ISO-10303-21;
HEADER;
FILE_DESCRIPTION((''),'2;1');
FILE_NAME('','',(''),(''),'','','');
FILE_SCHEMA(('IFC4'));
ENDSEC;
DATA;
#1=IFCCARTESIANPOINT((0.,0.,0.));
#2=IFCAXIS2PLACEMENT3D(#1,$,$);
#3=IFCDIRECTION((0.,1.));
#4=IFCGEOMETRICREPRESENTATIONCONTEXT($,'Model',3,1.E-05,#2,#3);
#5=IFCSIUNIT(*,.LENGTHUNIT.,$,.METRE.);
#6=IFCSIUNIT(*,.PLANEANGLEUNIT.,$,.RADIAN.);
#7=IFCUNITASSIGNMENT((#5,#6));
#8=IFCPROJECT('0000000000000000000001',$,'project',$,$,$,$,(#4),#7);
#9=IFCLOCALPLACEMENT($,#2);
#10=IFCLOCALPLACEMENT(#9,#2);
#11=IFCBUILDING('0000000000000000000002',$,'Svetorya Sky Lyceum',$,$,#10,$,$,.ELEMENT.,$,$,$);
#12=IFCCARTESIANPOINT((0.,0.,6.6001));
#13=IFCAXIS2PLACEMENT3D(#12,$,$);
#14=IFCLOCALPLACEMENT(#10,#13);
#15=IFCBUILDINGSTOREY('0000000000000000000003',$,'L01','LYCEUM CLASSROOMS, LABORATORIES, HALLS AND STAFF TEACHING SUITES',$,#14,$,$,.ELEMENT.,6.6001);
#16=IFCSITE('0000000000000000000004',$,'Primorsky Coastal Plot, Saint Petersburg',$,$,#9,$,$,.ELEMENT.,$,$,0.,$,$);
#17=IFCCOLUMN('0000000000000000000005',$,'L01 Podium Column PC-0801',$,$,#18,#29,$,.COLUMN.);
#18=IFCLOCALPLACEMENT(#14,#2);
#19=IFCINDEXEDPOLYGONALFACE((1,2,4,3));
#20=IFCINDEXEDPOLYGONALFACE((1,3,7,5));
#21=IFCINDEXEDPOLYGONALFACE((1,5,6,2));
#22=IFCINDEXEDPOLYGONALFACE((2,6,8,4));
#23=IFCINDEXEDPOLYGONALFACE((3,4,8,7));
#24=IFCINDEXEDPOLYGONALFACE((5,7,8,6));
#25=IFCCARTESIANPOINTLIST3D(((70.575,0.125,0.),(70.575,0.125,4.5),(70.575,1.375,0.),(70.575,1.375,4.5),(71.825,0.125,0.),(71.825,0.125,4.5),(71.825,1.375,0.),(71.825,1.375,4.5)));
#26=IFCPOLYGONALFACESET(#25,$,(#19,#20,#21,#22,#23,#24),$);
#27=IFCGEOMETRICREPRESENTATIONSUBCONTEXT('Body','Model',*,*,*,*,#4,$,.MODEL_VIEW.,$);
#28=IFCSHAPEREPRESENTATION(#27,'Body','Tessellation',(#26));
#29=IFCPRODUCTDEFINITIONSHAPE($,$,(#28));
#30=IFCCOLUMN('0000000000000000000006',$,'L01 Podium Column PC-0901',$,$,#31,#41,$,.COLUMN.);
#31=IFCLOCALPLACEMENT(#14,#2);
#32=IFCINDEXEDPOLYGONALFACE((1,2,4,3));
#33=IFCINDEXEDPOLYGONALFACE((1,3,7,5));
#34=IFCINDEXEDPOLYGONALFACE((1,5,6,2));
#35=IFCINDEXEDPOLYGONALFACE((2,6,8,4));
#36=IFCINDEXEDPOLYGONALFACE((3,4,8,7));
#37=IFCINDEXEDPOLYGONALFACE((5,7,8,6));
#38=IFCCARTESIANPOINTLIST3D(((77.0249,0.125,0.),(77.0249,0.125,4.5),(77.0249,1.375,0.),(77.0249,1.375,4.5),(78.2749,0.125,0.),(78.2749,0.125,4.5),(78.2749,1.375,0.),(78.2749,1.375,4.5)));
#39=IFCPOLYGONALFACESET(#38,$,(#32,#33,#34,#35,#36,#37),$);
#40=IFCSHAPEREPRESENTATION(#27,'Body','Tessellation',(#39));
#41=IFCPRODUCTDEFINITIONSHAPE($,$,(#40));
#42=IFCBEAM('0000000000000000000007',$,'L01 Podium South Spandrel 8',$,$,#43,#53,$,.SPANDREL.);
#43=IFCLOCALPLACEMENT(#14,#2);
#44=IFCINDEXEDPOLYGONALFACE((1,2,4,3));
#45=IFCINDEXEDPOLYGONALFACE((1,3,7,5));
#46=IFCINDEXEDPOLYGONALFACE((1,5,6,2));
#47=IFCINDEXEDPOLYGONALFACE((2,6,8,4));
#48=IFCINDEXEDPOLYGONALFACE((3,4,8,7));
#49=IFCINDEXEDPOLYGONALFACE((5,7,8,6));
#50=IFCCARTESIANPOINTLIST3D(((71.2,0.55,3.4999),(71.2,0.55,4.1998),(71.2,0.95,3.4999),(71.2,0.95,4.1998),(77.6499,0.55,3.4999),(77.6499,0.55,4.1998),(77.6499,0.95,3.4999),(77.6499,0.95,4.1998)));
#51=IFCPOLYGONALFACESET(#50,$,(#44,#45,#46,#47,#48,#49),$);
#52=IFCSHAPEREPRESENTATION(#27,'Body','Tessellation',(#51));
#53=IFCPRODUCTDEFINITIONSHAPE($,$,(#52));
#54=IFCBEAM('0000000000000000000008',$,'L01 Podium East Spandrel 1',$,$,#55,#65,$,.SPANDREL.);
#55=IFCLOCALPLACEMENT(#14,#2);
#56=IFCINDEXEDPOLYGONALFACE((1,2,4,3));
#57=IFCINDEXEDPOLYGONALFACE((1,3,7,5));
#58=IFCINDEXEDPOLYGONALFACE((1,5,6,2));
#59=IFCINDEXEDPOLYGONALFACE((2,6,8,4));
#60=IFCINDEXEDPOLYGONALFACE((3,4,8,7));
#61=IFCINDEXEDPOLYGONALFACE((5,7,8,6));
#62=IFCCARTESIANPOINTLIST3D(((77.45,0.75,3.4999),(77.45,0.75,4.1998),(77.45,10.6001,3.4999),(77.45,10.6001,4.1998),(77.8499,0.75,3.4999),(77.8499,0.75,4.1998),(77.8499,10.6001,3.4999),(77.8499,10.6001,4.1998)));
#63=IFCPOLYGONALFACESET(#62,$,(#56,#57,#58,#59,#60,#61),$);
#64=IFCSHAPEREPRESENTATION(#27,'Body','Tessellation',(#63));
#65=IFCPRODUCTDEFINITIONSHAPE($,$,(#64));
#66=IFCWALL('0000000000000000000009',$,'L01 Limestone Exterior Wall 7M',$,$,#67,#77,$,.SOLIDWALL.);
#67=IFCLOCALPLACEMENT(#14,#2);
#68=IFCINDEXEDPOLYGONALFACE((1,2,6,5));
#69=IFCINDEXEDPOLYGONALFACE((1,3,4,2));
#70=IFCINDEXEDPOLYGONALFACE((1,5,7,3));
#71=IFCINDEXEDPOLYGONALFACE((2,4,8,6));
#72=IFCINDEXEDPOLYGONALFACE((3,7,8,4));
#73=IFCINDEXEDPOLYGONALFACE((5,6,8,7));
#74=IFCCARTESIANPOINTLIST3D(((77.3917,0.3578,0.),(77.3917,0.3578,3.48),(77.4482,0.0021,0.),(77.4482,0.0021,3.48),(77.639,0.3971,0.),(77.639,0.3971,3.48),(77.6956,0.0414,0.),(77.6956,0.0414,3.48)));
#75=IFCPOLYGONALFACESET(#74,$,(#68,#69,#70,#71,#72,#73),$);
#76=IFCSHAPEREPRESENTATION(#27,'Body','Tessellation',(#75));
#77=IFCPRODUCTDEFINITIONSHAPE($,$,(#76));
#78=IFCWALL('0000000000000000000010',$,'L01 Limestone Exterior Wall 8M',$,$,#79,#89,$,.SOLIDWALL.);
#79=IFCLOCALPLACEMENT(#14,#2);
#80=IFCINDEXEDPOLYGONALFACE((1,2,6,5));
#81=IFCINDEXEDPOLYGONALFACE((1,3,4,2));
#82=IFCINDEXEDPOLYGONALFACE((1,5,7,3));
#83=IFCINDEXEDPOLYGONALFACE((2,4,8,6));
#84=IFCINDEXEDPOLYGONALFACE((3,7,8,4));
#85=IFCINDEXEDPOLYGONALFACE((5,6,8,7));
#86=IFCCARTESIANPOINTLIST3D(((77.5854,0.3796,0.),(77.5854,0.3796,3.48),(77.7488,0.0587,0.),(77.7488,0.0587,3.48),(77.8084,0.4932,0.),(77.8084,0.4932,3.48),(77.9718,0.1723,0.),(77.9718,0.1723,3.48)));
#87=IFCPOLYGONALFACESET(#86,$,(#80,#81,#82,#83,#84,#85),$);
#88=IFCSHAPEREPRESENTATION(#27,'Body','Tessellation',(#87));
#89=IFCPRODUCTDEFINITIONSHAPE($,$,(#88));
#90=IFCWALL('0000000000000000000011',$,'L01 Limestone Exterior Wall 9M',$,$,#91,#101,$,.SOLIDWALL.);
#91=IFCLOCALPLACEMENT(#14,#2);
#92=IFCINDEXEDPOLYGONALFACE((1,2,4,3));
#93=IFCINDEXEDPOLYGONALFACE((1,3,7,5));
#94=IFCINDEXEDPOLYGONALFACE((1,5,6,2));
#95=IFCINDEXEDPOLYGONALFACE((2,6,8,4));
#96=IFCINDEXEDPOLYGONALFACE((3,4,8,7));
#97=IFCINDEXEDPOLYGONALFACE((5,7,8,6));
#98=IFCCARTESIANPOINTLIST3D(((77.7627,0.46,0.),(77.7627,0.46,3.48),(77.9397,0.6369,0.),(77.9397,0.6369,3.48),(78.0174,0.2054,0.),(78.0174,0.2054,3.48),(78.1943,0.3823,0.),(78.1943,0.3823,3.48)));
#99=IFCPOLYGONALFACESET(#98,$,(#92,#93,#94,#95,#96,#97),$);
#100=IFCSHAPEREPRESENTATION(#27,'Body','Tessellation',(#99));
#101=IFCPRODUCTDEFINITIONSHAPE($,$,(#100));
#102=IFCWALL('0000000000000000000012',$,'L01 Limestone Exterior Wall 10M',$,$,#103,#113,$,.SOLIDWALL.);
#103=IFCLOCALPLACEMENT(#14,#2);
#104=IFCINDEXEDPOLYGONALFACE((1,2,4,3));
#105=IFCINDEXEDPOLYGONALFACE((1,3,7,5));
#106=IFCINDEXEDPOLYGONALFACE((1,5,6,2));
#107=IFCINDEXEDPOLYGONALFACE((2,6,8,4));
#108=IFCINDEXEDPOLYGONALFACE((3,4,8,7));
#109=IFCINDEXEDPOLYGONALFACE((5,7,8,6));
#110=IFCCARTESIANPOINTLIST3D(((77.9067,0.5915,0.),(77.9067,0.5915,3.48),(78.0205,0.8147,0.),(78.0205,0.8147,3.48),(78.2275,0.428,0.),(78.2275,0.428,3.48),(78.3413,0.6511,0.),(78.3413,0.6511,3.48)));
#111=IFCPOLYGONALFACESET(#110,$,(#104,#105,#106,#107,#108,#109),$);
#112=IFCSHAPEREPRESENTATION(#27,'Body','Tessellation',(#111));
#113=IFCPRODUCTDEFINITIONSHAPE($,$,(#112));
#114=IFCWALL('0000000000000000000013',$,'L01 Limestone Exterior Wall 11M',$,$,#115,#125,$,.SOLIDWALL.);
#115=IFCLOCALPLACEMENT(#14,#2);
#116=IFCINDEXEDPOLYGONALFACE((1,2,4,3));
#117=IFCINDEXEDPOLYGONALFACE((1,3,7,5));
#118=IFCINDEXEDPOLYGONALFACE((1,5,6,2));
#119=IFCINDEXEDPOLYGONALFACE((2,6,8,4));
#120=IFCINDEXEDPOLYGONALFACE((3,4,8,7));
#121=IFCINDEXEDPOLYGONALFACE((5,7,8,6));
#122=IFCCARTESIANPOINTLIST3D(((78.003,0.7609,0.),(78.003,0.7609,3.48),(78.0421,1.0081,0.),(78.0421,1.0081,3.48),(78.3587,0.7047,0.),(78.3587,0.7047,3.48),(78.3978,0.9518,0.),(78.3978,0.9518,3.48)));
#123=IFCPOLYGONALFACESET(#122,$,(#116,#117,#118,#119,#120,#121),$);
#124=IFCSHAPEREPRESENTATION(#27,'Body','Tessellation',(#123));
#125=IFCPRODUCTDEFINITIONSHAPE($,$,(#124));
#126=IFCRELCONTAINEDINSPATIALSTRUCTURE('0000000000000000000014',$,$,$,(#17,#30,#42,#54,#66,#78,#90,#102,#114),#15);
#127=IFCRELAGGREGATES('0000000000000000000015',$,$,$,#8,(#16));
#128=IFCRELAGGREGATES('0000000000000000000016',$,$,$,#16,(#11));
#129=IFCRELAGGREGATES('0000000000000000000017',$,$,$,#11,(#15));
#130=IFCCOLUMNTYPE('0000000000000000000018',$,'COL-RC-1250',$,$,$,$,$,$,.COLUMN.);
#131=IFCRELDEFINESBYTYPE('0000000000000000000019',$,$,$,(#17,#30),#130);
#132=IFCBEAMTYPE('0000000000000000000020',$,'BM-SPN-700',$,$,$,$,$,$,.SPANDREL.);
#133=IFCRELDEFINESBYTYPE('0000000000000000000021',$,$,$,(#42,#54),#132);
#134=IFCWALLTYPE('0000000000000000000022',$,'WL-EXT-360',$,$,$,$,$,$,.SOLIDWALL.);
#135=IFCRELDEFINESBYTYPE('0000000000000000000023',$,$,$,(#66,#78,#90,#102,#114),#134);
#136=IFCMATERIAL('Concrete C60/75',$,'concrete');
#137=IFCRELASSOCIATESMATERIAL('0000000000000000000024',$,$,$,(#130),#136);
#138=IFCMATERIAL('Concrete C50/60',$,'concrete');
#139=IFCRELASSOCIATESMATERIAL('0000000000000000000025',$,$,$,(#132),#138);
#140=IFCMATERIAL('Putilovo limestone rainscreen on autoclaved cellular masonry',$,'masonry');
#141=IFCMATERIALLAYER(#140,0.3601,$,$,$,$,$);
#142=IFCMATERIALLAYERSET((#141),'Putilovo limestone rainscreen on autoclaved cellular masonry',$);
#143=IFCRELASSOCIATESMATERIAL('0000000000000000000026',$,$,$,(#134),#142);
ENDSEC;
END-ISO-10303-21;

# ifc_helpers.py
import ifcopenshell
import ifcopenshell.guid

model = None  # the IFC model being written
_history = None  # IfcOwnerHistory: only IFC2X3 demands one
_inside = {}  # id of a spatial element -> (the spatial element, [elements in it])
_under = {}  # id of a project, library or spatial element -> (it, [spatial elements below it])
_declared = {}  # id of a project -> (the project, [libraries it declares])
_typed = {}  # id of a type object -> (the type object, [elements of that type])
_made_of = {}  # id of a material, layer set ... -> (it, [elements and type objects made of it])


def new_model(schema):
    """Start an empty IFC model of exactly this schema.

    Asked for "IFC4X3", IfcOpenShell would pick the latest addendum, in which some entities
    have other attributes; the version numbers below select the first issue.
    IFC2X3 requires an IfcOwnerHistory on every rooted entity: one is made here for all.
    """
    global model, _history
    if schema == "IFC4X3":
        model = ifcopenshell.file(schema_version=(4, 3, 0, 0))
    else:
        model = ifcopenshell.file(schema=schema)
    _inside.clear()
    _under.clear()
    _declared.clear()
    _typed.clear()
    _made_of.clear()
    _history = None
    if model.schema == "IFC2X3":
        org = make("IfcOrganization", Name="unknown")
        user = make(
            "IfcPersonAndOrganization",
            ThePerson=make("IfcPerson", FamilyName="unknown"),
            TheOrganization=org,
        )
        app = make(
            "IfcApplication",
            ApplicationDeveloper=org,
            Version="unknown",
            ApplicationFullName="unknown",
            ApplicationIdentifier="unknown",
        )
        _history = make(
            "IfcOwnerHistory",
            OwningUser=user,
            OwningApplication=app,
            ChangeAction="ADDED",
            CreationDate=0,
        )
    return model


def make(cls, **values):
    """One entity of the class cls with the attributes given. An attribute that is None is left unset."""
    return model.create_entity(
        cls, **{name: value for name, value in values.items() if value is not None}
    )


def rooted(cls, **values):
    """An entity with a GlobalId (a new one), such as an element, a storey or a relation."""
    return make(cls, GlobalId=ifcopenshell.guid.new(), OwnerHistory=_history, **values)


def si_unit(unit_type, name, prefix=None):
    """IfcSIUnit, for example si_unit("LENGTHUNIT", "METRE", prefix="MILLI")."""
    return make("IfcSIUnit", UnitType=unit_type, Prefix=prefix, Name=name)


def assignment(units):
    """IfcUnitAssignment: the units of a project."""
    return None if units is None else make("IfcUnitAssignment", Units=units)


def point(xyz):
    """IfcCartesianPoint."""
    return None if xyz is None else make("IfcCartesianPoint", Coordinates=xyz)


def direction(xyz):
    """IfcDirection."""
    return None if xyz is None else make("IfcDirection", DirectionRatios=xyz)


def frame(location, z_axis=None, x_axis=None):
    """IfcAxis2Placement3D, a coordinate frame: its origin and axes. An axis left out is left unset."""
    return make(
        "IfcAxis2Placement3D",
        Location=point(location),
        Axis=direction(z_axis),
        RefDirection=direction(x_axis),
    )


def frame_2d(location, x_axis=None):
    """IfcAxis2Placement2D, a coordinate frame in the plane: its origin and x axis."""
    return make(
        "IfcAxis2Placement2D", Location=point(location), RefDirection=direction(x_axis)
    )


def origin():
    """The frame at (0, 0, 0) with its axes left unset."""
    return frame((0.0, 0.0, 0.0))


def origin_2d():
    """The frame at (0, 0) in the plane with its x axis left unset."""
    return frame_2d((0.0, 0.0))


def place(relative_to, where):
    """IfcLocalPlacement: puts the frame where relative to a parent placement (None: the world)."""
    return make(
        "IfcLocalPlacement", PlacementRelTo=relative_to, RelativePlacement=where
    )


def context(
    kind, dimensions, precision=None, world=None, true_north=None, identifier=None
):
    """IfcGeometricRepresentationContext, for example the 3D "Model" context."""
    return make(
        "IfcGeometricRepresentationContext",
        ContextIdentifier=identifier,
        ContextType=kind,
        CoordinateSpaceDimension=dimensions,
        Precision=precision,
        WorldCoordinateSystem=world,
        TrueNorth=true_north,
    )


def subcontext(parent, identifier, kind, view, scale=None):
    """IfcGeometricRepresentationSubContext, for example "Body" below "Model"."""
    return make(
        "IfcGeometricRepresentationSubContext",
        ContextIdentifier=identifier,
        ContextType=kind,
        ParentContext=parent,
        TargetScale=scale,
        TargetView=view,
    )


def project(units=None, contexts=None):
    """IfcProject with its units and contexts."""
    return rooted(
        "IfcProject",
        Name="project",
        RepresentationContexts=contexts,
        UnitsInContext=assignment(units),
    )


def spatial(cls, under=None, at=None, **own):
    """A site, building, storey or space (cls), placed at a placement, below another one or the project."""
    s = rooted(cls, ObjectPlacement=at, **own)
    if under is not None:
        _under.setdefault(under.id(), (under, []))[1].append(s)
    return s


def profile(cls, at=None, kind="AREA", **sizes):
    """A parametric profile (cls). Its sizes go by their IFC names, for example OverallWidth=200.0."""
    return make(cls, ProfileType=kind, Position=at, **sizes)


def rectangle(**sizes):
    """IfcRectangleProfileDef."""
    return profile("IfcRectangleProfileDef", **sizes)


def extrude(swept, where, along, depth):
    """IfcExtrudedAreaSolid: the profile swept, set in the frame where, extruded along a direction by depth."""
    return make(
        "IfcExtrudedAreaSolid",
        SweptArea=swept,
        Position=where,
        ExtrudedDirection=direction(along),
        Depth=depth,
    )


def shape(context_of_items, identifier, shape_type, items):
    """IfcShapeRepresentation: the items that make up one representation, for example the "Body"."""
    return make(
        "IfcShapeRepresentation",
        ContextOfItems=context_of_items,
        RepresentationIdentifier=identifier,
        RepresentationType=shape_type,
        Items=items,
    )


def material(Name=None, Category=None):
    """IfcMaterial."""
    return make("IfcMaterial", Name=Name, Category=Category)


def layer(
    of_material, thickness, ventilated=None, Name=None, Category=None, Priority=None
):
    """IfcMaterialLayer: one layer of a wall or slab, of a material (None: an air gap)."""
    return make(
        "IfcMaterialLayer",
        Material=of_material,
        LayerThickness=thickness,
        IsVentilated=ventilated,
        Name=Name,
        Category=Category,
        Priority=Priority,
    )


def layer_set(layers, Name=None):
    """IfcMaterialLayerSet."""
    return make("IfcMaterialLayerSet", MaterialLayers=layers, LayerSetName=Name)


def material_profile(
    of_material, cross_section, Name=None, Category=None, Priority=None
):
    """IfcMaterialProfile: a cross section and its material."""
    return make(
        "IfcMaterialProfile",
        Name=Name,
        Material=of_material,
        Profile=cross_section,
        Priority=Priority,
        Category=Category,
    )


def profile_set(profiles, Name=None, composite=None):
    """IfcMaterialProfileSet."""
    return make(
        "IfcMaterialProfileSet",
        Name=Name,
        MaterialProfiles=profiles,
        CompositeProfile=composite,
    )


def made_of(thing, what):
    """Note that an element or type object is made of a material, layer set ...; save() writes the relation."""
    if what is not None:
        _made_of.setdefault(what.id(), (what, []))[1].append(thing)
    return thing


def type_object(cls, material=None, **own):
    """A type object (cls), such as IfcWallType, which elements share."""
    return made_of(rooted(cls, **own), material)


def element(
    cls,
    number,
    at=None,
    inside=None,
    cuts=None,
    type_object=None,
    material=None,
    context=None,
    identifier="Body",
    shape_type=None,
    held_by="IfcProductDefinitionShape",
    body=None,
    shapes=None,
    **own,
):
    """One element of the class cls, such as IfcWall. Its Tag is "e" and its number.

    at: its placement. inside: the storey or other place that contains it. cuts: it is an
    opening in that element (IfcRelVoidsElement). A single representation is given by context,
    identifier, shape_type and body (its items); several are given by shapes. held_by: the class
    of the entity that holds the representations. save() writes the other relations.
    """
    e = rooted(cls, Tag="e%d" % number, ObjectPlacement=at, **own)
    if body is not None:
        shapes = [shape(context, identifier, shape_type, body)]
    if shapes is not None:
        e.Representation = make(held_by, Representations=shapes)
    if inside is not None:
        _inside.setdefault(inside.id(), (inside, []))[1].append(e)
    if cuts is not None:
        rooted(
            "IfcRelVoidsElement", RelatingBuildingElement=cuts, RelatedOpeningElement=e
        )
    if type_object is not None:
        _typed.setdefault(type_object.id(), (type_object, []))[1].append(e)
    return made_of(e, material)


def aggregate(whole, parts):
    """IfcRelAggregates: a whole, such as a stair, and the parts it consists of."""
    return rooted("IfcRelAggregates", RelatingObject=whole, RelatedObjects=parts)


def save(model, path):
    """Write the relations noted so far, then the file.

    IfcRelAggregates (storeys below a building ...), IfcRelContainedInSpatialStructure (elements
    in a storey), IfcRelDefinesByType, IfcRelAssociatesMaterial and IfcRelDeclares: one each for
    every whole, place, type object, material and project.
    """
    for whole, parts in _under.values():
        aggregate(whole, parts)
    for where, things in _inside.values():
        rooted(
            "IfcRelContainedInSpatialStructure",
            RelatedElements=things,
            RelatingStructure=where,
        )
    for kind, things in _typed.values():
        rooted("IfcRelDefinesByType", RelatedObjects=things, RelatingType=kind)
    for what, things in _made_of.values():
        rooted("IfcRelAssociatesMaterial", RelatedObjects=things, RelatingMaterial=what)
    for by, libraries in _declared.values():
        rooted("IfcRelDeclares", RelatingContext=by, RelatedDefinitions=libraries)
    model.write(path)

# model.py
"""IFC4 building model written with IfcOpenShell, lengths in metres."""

from ifc_helpers import new_model, si_unit, direction, frame, frame_2d, origin, origin_2d, place, context, subcontext, project, spatial, rectangle, extrude, material, layer, layer_set, material_profile, profile_set, type_object, element, save


model = new_model("IFC4")

# Units and contexts
model_context = context("Model", 3, precision=1e-05, world=origin(), true_north=direction((0.0, 1.0)))
body_context = subcontext(model_context, "Body", "Model", "MODEL_VIEW")
ifc_project = project(units=[si_unit("LENGTHUNIT", "METRE"), si_unit("PLANEANGLEUNIT", "RADIAN")], contexts=[model_context])

# Site, building, storey
site_placement = place(None, origin())
site = spatial("IfcSite", under=ifc_project, at=site_placement, Name="Primorsky Coastal Plot, Saint Petersburg", CompositionType="ELEMENT", RefElevation=0.0)
building_placement = place(site_placement, origin())
building = spatial("IfcBuilding", under=site, at=building_placement, Name="Svetorya Sky Lyceum", CompositionType="ELEMENT")
storey_placement = place(building_placement, frame((0.0, 0.0, 6.6001)))
storey = spatial("IfcBuildingStorey", under=building, at=storey_placement, Name="L01", Description="LYCEUM CLASSROOMS, LABORATORIES, HALLS AND STAFF TEACHING SUITES", CompositionType="ELEMENT", Elevation=6.6001)

# Columns
ifc_material_1 = material(Name="Concrete C60/75", Category="concrete")
ifc_material_profile_1 = material_profile(ifc_material_1, rectangle(XDim=1.25, YDim=1.25, at=origin_2d()), Name="RC COL 1250x1250")
ifc_profile_set_1 = profile_set([ifc_material_profile_1], Name="Concrete C60/75")
column_type = type_object("IfcColumnType", Name="COL-RC-1250", PredefinedType="COLUMN", material=ifc_profile_set_1)
for number, where, z_axis, x_axis, name in (
    (1, (71.2, 0.75, 0.0), (0.0, 0.0, 1.0), (1.0, 0.0, 0.0), "L01 Podium Column PC-0801"),
    (2, (77.6499, 0.75, 0.0), (0.0, 0.0, 1.0), (1.0, 0.0, 0.0), "L01 Podium Column PC-0901"),
):
    element("IfcColumn", number, at=place(storey_placement, frame(where, z_axis=z_axis, x_axis=x_axis)), inside=storey, type_object=column_type, Name=name, PredefinedType="COLUMN", context=body_context, shape_type="SweptSolid", body=[
        extrude(rectangle(XDim=1.25, YDim=1.25, at=origin_2d()), origin(), (0.0, 0.0, 1.0), 4.5),
    ])

# Beams
ifc_material_2 = material(Name="Concrete C50/60", Category="concrete")
ifc_material_profile_2 = material_profile(ifc_material_2, rectangle(XDim=0.3999, YDim=0.7, at=origin_2d()), Name="RC SPANDREL 400x700")
ifc_profile_set_2 = profile_set([ifc_material_profile_2], Name="Concrete C50/60")
beam_type = type_object("IfcBeamType", Name="BM-SPN-700", PredefinedType="SPANDREL", material=ifc_profile_set_2)
beam_1_placement = place(storey_placement, frame((71.2, 0.75, 3.8499), z_axis=(1.0, 0.0, 0.0), x_axis=(0.0, 1.0, 0.0)))
element("IfcBeam", 3, at=beam_1_placement, inside=storey, type_object=beam_type, Name="L01 Podium South Spandrel 8", PredefinedType="SPANDREL", context=body_context, shape_type="SweptSolid", body=[
    extrude(rectangle(XDim=0.3999, YDim=0.7, at=origin_2d()), origin(), (0.0, 0.0, 1.0), 6.45),
])
beam_2_placement = place(storey_placement, frame((77.6499, 0.75, 3.8499), z_axis=(0.0, 1.0, 0.0), x_axis=(-1.0, 0.0, 0.0)))
element("IfcBeam", 4, at=beam_2_placement, inside=storey, type_object=beam_type, Name="L01 Podium East Spandrel 1", PredefinedType="SPANDREL", context=body_context, shape_type="SweptSolid", body=[
    extrude(rectangle(XDim=0.3999, YDim=0.7, at=origin_2d()), origin(), (0.0, 0.0, 1.0), 9.8501),
])

# Walls
ifc_material_3 = material(Name="Putilovo limestone rainscreen on autoclaved cellular masonry", Category="masonry")
ifc_layer = layer(ifc_material_3, 0.3601)
ifc_layer_set = layer_set([ifc_layer], Name="Putilovo limestone rainscreen on autoclaved cellular masonry")
wall_type = type_object("IfcWallType", Name="WL-EXT-360", PredefinedType="SOLIDWALL", material=ifc_layer_set)
wall_1_placement = place(storey_placement, frame((77.4199, 0.1799, 0.0), z_axis=(0.0, 0.0, 1.0), x_axis=(0.987604, 0.156964, 0.0)))
element("IfcWall", 5, at=wall_1_placement, inside=storey, type_object=wall_type, Name="L01 Limestone Exterior Wall 7M", PredefinedType="SOLIDWALL", context=body_context, shape_type="SweptSolid", body=[
    extrude(rectangle(XDim=0.2505, YDim=0.3601, at=frame_2d((0.1252, 0.0))), origin(), (0.0, 0.0, 1.0), 3.48),
])
for number, where, z_axis, x_axis, name in (
    (6, (77.6672, 0.2192, 0.0), (0.0, 0.0, 1.0), (0.891084, 0.453838, 0.0), "L01 Limestone Exterior Wall 8M"),
    (7, (77.8901, 0.3328, 0.0), (0.0, 0.0, 1.0), (0.707107, 0.707107, 0.0), "L01 Limestone Exterior Wall 9M"),
):
    element("IfcWall", number, at=place(storey_placement, frame(where, z_axis=z_axis, x_axis=x_axis)), inside=storey, type_object=wall_type, Name=name, PredefinedType="SOLIDWALL", context=body_context, shape_type="SweptSolid", body=[
        extrude(rectangle(XDim=0.2502, YDim=0.3601, at=frame_2d((0.125, 0.0))), origin(), (0.0, 0.0, 1.0), 3.48),
    ])
wall_2_placement = place(storey_placement, frame((78.0671, 0.5098, 0.0), z_axis=(0.0, 0.0, 1.0), x_axis=(0.454218, 0.890891, 0.0)))
element("IfcWall", 8, at=wall_2_placement, inside=storey, type_object=wall_type, Name="L01 Limestone Exterior Wall 10M", PredefinedType="SOLIDWALL", context=body_context, shape_type="SweptSolid", body=[
    extrude(rectangle(XDim=0.2505, YDim=0.3601, at=frame_2d((0.1252, 0.0))), origin(), (0.0, 0.0, 1.0), 3.48),
])
wall_3_placement = place(storey_placement, frame((78.1809, 0.7329, 0.0), z_axis=(0.0, 0.0, 1.0), x_axis=(0.156163, 0.987731, 0.0)))
element("IfcWall", 9, at=wall_3_placement, inside=storey, type_object=wall_type, Name="L01 Limestone Exterior Wall 11M", PredefinedType="SOLIDWALL", context=body_context, shape_type="SweptSolid", body=[
    extrude(rectangle(XDim=0.2502, YDim=0.3601, at=frame_2d((0.125, 0.0))), origin(), (0.0, 0.0, 1.0), 3.48),
])

save(model, "model.ifc")
